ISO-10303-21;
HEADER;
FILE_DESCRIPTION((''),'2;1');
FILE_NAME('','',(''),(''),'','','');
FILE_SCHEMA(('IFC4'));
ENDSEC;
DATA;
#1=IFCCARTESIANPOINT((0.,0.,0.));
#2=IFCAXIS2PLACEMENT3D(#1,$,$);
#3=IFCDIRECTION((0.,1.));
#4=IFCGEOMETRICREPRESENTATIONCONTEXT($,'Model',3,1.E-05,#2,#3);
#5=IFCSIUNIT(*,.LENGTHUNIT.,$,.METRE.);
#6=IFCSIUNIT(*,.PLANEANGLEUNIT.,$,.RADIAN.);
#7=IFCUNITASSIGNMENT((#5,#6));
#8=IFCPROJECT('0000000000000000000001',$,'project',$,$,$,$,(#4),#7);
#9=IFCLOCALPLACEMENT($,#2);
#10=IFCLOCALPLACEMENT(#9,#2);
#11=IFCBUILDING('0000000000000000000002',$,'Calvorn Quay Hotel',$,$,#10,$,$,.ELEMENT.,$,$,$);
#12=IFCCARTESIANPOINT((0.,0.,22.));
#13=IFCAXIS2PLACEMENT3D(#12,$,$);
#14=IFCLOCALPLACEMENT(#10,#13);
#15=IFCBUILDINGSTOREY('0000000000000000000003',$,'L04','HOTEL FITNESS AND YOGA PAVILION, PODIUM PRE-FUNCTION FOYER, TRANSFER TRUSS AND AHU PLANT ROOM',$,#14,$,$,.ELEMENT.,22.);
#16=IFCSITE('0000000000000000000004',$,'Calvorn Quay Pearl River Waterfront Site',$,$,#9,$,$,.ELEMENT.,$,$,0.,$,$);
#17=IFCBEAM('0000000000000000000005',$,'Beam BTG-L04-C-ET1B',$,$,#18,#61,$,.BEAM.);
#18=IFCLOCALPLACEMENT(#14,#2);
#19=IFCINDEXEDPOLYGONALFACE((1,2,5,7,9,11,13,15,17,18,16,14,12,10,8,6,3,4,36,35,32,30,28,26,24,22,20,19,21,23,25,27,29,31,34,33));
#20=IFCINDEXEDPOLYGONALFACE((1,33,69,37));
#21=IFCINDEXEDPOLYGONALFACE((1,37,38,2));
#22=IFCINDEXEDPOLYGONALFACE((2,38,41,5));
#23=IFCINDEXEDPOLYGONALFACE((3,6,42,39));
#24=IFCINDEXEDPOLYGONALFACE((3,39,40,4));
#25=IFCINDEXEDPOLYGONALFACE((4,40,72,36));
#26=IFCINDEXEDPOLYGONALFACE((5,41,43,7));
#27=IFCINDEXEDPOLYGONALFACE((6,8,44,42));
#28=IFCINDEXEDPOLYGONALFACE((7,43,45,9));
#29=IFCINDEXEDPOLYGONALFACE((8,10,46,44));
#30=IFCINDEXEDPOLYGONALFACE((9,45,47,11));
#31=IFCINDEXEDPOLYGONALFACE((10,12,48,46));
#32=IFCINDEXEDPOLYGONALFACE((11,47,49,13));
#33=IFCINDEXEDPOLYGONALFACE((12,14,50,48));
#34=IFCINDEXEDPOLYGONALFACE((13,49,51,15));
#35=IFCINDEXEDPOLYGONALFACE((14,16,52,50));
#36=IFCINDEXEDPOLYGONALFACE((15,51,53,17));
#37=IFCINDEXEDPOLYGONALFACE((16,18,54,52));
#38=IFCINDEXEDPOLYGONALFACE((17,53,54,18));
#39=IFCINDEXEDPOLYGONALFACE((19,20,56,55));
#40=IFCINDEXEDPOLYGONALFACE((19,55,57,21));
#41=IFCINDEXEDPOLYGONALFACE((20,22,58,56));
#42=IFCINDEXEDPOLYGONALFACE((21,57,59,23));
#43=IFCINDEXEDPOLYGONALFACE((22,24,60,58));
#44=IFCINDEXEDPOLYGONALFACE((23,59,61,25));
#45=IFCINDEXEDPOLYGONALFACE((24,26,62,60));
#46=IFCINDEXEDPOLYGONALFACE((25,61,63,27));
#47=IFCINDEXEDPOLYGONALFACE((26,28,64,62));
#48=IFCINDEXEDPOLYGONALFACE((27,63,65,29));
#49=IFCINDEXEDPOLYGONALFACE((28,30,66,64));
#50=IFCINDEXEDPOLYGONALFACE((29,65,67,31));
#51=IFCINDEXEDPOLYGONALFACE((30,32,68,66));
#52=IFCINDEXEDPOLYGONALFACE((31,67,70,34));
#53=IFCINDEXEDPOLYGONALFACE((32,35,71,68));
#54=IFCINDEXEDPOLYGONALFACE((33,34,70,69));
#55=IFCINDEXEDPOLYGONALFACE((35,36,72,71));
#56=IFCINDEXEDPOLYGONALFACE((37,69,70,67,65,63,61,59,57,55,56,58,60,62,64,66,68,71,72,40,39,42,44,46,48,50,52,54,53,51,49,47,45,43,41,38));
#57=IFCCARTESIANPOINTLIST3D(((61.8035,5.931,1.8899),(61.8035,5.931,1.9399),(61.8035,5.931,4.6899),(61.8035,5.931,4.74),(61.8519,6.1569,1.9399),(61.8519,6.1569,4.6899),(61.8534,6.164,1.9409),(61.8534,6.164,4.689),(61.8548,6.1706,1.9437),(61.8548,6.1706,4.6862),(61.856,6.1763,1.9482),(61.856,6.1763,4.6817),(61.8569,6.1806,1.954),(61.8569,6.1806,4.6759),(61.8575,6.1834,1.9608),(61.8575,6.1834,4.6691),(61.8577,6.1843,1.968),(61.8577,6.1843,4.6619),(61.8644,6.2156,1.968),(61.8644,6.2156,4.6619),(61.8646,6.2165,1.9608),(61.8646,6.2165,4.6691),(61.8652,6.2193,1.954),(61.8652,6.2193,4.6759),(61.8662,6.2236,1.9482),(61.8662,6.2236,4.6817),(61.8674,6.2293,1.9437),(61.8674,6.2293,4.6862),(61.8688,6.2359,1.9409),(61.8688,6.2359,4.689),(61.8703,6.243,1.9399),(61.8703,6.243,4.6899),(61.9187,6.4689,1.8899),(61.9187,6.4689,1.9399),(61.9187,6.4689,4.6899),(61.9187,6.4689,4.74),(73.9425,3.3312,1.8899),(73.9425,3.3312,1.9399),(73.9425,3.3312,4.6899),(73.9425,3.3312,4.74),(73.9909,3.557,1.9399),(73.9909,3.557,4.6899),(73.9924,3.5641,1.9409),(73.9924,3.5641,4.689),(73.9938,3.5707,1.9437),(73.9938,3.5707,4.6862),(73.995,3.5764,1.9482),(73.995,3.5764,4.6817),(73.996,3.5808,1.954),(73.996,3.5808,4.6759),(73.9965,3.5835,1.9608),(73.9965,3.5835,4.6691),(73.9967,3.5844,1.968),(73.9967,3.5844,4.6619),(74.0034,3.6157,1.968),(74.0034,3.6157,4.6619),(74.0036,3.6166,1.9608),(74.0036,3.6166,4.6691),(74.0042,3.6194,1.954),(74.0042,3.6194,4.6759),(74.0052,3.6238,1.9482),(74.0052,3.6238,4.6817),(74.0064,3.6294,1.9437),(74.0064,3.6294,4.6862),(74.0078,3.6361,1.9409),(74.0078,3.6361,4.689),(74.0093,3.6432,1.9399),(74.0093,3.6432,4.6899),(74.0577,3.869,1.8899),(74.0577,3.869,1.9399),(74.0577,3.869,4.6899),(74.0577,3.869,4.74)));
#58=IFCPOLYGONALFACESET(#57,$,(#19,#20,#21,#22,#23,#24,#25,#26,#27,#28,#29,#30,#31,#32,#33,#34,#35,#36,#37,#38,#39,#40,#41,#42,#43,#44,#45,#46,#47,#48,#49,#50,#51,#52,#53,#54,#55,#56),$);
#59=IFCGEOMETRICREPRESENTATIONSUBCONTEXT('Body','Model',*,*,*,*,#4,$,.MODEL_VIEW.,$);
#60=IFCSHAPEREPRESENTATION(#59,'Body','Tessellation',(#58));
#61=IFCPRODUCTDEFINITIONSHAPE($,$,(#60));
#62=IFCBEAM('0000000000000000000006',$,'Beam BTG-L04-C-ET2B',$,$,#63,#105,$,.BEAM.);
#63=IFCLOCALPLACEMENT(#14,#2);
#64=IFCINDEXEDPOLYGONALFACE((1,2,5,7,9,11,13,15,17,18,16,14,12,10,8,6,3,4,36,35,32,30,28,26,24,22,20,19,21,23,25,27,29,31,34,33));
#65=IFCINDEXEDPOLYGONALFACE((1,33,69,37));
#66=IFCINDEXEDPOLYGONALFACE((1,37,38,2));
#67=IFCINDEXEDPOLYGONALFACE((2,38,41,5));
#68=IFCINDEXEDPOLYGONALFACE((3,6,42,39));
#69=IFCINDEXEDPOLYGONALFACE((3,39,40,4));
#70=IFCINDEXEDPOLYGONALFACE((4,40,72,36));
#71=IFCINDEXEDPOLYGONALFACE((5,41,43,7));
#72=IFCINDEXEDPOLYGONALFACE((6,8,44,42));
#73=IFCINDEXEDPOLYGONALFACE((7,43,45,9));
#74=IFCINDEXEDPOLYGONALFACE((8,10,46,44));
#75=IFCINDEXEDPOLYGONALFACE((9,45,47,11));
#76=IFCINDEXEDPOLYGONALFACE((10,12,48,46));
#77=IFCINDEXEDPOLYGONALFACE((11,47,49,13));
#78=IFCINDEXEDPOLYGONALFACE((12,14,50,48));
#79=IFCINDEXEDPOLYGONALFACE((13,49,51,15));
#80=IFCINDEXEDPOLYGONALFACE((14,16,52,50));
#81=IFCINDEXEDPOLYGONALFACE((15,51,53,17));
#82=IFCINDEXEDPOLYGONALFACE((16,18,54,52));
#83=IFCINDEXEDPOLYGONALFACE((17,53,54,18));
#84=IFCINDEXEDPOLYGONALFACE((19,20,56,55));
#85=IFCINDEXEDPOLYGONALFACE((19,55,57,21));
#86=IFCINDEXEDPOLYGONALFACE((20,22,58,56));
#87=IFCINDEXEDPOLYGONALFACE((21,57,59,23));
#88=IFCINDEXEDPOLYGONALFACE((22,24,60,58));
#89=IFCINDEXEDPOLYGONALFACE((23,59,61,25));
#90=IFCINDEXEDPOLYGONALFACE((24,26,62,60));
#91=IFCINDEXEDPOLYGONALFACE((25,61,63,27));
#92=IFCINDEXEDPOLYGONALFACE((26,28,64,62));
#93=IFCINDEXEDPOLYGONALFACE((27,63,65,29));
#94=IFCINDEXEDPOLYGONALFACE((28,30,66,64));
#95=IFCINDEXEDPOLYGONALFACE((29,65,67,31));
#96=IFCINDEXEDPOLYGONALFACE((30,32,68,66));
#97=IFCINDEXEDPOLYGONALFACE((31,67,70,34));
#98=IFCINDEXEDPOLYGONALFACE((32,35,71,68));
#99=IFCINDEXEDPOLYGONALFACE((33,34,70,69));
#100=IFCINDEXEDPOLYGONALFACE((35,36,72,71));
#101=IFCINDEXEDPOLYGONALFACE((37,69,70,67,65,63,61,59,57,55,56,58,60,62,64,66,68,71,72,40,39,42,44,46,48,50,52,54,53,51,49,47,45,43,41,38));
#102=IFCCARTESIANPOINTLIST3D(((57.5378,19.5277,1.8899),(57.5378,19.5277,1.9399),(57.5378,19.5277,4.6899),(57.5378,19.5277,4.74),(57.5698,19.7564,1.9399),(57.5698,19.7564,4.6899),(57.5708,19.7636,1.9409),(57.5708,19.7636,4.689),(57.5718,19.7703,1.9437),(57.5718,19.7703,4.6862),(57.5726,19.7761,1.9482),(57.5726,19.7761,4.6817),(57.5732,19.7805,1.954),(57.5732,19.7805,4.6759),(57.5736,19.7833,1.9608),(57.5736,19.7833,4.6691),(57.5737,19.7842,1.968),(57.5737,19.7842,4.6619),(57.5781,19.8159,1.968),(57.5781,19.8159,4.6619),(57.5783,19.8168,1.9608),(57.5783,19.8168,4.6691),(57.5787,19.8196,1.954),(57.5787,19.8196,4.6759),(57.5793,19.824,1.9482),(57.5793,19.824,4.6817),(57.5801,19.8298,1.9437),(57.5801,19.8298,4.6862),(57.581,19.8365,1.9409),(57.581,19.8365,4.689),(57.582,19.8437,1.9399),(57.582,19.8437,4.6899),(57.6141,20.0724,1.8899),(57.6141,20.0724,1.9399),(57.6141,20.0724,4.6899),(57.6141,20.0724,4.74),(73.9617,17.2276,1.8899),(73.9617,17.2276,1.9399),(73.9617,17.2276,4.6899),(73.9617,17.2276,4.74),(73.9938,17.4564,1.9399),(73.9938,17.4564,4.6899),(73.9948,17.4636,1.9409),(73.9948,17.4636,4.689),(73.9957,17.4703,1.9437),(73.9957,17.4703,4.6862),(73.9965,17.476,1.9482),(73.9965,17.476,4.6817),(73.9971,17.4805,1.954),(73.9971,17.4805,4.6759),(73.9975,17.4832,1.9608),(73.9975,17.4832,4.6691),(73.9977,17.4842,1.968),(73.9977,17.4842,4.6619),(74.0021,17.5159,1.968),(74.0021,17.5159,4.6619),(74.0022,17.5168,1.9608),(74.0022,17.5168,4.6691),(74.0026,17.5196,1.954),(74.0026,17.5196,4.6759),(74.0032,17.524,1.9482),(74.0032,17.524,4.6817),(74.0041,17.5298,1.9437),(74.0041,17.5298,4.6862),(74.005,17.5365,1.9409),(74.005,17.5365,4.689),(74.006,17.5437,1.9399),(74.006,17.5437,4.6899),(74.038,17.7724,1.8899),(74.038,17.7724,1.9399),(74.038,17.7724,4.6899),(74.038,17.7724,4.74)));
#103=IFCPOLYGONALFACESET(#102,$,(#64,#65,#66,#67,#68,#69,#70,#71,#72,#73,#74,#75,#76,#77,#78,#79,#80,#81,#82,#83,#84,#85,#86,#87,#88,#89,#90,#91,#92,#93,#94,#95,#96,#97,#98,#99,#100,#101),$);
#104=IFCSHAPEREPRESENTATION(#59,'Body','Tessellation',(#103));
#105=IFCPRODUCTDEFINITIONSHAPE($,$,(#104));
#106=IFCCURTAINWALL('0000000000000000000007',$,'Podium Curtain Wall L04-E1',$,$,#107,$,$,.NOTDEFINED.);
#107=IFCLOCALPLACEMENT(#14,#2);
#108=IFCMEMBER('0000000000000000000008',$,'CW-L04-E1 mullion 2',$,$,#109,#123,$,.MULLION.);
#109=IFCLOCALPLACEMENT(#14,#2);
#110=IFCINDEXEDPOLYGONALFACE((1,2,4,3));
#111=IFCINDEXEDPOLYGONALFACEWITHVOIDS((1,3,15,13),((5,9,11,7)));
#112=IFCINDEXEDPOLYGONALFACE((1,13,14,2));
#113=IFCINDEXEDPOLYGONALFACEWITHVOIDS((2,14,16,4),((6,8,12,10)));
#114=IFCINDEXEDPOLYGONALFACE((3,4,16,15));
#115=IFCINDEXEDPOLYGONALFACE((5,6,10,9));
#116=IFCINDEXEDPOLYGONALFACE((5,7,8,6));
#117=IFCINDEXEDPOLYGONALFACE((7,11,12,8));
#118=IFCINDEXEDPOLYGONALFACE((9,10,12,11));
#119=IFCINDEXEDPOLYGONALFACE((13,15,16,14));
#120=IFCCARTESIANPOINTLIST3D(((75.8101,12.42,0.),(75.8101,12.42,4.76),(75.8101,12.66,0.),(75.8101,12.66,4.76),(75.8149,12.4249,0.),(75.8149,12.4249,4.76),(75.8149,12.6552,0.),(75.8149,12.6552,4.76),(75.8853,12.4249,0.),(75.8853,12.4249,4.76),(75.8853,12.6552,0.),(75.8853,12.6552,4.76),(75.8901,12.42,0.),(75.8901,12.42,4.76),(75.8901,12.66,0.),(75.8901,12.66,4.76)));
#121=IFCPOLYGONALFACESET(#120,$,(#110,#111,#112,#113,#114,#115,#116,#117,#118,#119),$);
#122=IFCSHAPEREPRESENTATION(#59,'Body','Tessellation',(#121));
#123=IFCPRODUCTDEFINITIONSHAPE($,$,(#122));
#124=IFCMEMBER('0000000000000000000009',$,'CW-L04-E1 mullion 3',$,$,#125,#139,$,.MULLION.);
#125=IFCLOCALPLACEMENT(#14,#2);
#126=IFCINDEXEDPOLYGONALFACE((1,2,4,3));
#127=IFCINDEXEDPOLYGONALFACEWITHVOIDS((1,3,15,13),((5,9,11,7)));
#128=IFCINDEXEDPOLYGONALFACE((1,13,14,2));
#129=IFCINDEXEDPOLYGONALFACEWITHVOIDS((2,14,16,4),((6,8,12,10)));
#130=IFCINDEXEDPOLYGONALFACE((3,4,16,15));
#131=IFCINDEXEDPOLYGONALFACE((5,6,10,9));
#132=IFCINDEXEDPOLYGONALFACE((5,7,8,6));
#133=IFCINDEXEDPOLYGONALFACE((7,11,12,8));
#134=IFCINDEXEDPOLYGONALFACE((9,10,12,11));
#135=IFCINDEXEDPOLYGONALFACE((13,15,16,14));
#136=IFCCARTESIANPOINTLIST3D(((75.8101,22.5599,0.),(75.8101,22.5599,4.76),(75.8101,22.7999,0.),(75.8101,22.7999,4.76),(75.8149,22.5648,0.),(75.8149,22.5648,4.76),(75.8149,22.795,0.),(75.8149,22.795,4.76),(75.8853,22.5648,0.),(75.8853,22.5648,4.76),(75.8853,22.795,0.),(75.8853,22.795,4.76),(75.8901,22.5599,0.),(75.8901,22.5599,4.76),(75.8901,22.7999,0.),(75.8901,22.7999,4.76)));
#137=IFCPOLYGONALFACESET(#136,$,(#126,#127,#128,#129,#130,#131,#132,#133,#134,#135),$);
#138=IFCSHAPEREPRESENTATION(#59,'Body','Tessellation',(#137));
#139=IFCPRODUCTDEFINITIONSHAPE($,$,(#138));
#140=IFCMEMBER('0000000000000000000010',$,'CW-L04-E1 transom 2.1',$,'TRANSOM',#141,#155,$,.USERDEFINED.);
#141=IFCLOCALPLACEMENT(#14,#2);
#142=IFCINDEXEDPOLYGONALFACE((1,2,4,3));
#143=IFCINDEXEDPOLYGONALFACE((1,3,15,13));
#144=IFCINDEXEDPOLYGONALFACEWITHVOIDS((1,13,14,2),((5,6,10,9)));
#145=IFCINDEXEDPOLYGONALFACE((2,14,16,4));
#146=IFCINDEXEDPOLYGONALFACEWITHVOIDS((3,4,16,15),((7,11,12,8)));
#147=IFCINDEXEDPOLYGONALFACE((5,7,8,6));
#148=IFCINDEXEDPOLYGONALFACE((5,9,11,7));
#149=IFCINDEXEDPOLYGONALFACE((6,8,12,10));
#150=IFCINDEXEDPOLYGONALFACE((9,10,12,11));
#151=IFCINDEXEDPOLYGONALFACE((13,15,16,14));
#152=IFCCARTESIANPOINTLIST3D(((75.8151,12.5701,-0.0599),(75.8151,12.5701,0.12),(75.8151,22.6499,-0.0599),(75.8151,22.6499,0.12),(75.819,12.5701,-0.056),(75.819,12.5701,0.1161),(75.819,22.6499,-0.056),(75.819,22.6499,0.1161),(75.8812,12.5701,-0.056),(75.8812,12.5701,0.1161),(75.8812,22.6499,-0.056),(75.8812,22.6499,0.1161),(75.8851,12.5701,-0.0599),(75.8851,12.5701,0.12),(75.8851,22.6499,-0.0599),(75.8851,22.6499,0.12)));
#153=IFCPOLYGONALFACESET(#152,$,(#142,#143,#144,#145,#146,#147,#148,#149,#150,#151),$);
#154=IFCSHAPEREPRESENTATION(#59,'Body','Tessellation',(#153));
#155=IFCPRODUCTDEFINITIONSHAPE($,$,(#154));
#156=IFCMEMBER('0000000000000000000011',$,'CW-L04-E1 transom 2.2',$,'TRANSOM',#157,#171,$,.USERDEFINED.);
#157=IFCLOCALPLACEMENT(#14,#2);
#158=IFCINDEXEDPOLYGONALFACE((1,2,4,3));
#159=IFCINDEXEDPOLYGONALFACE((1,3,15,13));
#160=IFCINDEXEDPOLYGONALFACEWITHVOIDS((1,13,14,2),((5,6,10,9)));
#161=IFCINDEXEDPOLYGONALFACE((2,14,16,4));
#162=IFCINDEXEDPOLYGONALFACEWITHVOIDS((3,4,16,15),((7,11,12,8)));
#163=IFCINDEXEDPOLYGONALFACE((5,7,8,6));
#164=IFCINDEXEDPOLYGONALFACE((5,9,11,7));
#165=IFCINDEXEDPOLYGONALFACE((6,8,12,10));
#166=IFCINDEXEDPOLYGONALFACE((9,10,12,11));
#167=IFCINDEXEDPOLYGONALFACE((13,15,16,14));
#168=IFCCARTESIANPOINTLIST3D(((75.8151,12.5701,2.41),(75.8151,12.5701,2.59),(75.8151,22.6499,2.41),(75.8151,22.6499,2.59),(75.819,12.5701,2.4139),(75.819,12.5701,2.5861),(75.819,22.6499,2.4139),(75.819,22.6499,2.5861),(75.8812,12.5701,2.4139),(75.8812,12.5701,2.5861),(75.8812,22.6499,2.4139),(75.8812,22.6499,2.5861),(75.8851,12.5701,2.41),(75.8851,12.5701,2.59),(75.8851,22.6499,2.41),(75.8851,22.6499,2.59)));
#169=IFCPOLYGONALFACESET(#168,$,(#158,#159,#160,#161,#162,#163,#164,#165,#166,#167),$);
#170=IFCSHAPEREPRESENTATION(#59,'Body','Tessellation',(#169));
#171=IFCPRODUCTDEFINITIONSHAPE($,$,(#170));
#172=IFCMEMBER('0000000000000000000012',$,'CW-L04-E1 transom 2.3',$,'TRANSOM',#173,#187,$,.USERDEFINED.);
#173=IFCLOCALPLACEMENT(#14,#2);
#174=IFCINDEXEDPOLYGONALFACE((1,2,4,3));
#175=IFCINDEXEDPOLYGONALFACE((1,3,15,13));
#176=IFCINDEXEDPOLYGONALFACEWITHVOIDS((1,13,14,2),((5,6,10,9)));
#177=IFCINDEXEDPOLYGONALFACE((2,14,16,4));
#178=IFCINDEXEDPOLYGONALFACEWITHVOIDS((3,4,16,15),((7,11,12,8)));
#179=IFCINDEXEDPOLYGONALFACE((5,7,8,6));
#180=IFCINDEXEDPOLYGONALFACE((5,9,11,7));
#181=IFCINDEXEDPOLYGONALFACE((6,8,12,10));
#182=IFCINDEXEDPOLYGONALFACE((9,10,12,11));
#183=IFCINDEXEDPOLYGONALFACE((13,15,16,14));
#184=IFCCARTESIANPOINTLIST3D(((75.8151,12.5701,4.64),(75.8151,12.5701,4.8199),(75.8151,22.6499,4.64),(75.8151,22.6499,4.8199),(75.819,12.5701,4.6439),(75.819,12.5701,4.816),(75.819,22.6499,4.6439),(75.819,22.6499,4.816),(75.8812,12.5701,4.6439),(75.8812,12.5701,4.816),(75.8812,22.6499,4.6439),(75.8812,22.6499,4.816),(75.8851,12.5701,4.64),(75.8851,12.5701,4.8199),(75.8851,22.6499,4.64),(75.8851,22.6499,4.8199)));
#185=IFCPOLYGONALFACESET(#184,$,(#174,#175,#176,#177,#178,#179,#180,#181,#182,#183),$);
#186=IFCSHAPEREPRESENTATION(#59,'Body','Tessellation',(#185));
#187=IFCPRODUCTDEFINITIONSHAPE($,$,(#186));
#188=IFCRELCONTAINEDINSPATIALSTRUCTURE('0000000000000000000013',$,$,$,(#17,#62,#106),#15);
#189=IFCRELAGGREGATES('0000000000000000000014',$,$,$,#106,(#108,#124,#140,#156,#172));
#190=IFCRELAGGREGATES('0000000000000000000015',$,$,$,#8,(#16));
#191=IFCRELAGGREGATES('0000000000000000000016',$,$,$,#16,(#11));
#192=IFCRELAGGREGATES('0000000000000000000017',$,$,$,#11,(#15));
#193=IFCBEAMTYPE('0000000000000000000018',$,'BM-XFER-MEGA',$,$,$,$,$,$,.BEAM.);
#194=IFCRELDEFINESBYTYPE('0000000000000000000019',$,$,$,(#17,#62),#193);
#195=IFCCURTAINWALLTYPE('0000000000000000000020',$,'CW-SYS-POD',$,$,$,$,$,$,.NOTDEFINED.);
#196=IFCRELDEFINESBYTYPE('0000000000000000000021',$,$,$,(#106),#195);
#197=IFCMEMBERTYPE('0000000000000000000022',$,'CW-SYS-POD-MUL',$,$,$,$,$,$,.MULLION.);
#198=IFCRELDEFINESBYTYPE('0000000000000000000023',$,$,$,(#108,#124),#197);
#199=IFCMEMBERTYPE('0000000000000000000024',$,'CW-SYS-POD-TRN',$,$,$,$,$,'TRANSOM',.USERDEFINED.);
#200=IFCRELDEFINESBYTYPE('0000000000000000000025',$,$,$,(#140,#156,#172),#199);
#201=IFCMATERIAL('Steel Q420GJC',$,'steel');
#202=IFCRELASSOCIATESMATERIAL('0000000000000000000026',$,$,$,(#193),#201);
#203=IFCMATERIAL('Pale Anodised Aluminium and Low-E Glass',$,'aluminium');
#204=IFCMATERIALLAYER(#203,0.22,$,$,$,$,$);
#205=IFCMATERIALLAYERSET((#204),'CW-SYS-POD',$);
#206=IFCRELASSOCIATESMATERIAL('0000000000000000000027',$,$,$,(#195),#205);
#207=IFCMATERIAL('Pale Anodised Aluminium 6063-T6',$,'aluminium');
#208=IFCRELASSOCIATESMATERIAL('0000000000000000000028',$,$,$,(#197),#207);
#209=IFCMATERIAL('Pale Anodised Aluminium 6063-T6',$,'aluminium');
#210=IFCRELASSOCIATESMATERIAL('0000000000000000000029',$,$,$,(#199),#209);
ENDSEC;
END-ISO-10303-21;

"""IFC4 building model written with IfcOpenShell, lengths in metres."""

from ifc_helpers import new_model, si_unit, direction, frame, origin, origin_2d, place, context, subcontext, project, spatial, hollow_rectangle, i_section, extrude, material, layer, layer_set, material_profile, profile_set, type_object, element, aggregate, save


model = new_model("IFC4")

# Units and contexts
model_context = context("Model", 3, precision=1e-05, world=origin(), true_north=direction((0.0, 1.0)))
body_context = subcontext(model_context, "Body", "Model", "MODEL_VIEW")
ifc_project = project(units=[si_unit("LENGTHUNIT", "METRE"), si_unit("PLANEANGLEUNIT", "RADIAN")], contexts=[model_context])

# Site, building, storey
site_placement = place(None, origin())
site = spatial("IfcSite", under=ifc_project, at=site_placement, Name="Calvorn Quay Pearl River Waterfront Site", CompositionType="ELEMENT", RefElevation=0.0)
building_placement = place(site_placement, origin())
building = spatial("IfcBuilding", under=site, at=building_placement, Name="Calvorn Quay Hotel", CompositionType="ELEMENT")
storey_placement = place(building_placement, frame((0.0, 0.0, 22.0)))
storey = spatial("IfcBuildingStorey", under=building, at=storey_placement, Name="L04", Description="HOTEL FITNESS AND YOGA PAVILION, PODIUM PRE-FUNCTION FOYER, TRANSFER TRUSS AND AHU PLANT ROOM", CompositionType="ELEMENT", Elevation=22.0)

# Beams
ifc_material_1 = material(Name="Steel Q420GJC", Category="steel")
ifc_material_profile_1 = material_profile(ifc_material_1, i_section(OverallWidth=0.55, OverallDepth=2.8501, WebThickness=0.032, FlangeThickness=0.05, FilletRadius=0.0281, at=origin_2d()), Name="HW2850x550x32x50")
ifc_profile_set_1 = profile_set([ifc_material_profile_1], Name="Steel Q420GJC")
beam_type_1 = type_object("IfcBeamType", Name="BM-XFER-MEGA", PredefinedType="BEAM", material=ifc_profile_set_1)
beam_1_placement = place(storey_placement, frame((61.8611, 6.2, 3.3149), z_axis=(0.977825, -0.209426, 0.0), x_axis=(0.209426, 0.977825, 0.0)))
element("IfcBeam", 1, at=beam_1_placement, inside=storey, type_object=beam_type_1, Name="Beam BTG-L04-C-ET1B", PredefinedType="BEAM", context=body_context, shape_type="SweptSolid", body=[
    extrude(i_section(OverallWidth=0.55, OverallDepth=2.8501, WebThickness=0.032, FlangeThickness=0.05, FilletRadius=0.0281, at=origin_2d()), origin(), (0.0, 0.0, 1.0), 12.4143),
])
beam_2_placement = place(storey_placement, frame((57.5759, 19.8, 3.3149), z_axis=(0.990336, -0.138688, 0.0), x_axis=(0.138688, 0.990336, 0.0)))
element("IfcBeam", 2, at=beam_2_placement, inside=storey, type_object=beam_type_1, Name="Beam BTG-L04-C-ET2B", PredefinedType="BEAM", context=body_context, shape_type="SweptSolid", body=[
    extrude(i_section(OverallWidth=0.55, OverallDepth=2.8501, WebThickness=0.032, FlangeThickness=0.05, FilletRadius=0.0281, at=origin_2d()), origin(), (0.0, 0.0, 1.0), 16.5842),
])

# Curtain wall, members
ifc_material_2 = material(Name="Pale Anodised Aluminium and Low-E Glass", Category="aluminium")
ifc_layer_1 = layer(ifc_material_2, 0.22)
ifc_layer_set_1 = layer_set([ifc_layer_1], Name="CW-SYS-POD")
curtain_wall_type = type_object("IfcCurtainWallType", Name="CW-SYS-POD", PredefinedType="NOTDEFINED", material=ifc_layer_set_1)
curtain_wall_placement = place(storey_placement, origin())
curtain_wall = element("IfcCurtainWall", 3, at=curtain_wall_placement, inside=storey, type_object=curtain_wall_type, Name="Podium Curtain Wall L04-E1", PredefinedType="NOTDEFINED")
ifc_material_3 = material(Name="Pale Anodised Aluminium 6063-T6", Category="aluminium")
ifc_material_profile_2 = material_profile(ifc_material_3, hollow_rectangle(XDim=0.0801, YDim=0.24, WallThickness=0.0049, at=origin_2d()), Name="ALU-M240x80x5")
ifc_profile_set_2 = profile_set([ifc_material_profile_2], Name="Pale Anodised Aluminium 6063-T6")
member_type_1 = type_object("IfcMemberType", Name="CW-SYS-POD-MUL", PredefinedType="MULLION", material=ifc_profile_set_2)
member_1_placement = place(storey_placement, frame((75.8501, 12.54, 0.0), z_axis=(0.0, 0.0, 1.0), x_axis=(-1.0, 0.0, 0.0)))
member_1 = element("IfcMember", 4, at=member_1_placement, type_object=member_type_1, Name="CW-L04-E1 mullion 2", PredefinedType="MULLION", context=body_context, shape_type="SweptSolid", body=[
    extrude(hollow_rectangle(XDim=0.0801, YDim=0.24, WallThickness=0.0049, at=origin_2d()), origin(), (0.0, 0.0, 1.0), 4.76),
])
member_2_placement = place(storey_placement, frame((75.8501, 22.6799, 0.0), z_axis=(0.0, 0.0, 1.0), x_axis=(-1.0, 0.0, 0.0)))
member_2 = element("IfcMember", 5, at=member_2_placement, type_object=member_type_1, Name="CW-L04-E1 mullion 3", PredefinedType="MULLION", context=body_context, shape_type="SweptSolid", body=[
    extrude(hollow_rectangle(XDim=0.0801, YDim=0.24, WallThickness=0.0049, at=origin_2d()), origin(), (0.0, 0.0, 1.0), 4.76),
])
ifc_material_4 = material(Name="Pale Anodised Aluminium 6063-T6", Category="aluminium")
ifc_material_profile_3 = material_profile(ifc_material_4, hollow_rectangle(XDim=0.0701, YDim=0.1799, WallThickness=0.0039, at=origin_2d()), Name="ALU-T180x70x4")
ifc_profile_set_3 = profile_set([ifc_material_profile_3], Name="Pale Anodised Aluminium 6063-T6")
member_type_2 = type_object("IfcMemberType", Name="CW-SYS-POD-TRN", ElementType="TRANSOM", PredefinedType="USERDEFINED", material=ifc_profile_set_3)
member_3_placement = place(storey_placement, frame((75.8501, 12.5701, 0.03), z_axis=(0.0, 1.0, 0.0), x_axis=(-1.0, 0.0, 0.0)))
member_3 = element("IfcMember", 6, at=member_3_placement, type_object=member_type_2, Name="CW-L04-E1 transom 2.1", ObjectType="TRANSOM", PredefinedType="USERDEFINED", context=body_context, shape_type="SweptSolid", body=[
    extrude(hollow_rectangle(XDim=0.0701, YDim=0.1799, WallThickness=0.0039, at=origin_2d()), origin(), (0.0, 0.0, 1.0), 10.0798),
])
member_4_placement = place(storey_placement, frame((75.8501, 12.5701, 2.5), z_axis=(0.0, 1.0, 0.0), x_axis=(-1.0, 0.0, 0.0)))
member_4 = element("IfcMember", 7, at=member_4_placement, type_object=member_type_2, Name="CW-L04-E1 transom 2.2", ObjectType="TRANSOM", PredefinedType="USERDEFINED", context=body_context, shape_type="SweptSolid", body=[
    extrude(hollow_rectangle(XDim=0.0701, YDim=0.1799, WallThickness=0.0039, at=origin_2d()), origin(), (0.0, 0.0, 1.0), 10.0798),
])
member_5_placement = place(storey_placement, frame((75.8501, 12.5701, 4.73), z_axis=(0.0, 1.0, 0.0), x_axis=(-1.0, 0.0, 0.0)))
member_5 = element("IfcMember", 8, at=member_5_placement, type_object=member_type_2, Name="CW-L04-E1 transom 2.3", ObjectType="TRANSOM", PredefinedType="USERDEFINED", context=body_context, shape_type="SweptSolid", body=[
    extrude(hollow_rectangle(XDim=0.0701, YDim=0.1799, WallThickness=0.0039, at=origin_2d()), origin(), (0.0, 0.0, 1.0), 10.0798),
])
aggregate(curtain_wall, [member_1, member_2, member_3, member_4, member_5])

save(model, "model.ifc")
